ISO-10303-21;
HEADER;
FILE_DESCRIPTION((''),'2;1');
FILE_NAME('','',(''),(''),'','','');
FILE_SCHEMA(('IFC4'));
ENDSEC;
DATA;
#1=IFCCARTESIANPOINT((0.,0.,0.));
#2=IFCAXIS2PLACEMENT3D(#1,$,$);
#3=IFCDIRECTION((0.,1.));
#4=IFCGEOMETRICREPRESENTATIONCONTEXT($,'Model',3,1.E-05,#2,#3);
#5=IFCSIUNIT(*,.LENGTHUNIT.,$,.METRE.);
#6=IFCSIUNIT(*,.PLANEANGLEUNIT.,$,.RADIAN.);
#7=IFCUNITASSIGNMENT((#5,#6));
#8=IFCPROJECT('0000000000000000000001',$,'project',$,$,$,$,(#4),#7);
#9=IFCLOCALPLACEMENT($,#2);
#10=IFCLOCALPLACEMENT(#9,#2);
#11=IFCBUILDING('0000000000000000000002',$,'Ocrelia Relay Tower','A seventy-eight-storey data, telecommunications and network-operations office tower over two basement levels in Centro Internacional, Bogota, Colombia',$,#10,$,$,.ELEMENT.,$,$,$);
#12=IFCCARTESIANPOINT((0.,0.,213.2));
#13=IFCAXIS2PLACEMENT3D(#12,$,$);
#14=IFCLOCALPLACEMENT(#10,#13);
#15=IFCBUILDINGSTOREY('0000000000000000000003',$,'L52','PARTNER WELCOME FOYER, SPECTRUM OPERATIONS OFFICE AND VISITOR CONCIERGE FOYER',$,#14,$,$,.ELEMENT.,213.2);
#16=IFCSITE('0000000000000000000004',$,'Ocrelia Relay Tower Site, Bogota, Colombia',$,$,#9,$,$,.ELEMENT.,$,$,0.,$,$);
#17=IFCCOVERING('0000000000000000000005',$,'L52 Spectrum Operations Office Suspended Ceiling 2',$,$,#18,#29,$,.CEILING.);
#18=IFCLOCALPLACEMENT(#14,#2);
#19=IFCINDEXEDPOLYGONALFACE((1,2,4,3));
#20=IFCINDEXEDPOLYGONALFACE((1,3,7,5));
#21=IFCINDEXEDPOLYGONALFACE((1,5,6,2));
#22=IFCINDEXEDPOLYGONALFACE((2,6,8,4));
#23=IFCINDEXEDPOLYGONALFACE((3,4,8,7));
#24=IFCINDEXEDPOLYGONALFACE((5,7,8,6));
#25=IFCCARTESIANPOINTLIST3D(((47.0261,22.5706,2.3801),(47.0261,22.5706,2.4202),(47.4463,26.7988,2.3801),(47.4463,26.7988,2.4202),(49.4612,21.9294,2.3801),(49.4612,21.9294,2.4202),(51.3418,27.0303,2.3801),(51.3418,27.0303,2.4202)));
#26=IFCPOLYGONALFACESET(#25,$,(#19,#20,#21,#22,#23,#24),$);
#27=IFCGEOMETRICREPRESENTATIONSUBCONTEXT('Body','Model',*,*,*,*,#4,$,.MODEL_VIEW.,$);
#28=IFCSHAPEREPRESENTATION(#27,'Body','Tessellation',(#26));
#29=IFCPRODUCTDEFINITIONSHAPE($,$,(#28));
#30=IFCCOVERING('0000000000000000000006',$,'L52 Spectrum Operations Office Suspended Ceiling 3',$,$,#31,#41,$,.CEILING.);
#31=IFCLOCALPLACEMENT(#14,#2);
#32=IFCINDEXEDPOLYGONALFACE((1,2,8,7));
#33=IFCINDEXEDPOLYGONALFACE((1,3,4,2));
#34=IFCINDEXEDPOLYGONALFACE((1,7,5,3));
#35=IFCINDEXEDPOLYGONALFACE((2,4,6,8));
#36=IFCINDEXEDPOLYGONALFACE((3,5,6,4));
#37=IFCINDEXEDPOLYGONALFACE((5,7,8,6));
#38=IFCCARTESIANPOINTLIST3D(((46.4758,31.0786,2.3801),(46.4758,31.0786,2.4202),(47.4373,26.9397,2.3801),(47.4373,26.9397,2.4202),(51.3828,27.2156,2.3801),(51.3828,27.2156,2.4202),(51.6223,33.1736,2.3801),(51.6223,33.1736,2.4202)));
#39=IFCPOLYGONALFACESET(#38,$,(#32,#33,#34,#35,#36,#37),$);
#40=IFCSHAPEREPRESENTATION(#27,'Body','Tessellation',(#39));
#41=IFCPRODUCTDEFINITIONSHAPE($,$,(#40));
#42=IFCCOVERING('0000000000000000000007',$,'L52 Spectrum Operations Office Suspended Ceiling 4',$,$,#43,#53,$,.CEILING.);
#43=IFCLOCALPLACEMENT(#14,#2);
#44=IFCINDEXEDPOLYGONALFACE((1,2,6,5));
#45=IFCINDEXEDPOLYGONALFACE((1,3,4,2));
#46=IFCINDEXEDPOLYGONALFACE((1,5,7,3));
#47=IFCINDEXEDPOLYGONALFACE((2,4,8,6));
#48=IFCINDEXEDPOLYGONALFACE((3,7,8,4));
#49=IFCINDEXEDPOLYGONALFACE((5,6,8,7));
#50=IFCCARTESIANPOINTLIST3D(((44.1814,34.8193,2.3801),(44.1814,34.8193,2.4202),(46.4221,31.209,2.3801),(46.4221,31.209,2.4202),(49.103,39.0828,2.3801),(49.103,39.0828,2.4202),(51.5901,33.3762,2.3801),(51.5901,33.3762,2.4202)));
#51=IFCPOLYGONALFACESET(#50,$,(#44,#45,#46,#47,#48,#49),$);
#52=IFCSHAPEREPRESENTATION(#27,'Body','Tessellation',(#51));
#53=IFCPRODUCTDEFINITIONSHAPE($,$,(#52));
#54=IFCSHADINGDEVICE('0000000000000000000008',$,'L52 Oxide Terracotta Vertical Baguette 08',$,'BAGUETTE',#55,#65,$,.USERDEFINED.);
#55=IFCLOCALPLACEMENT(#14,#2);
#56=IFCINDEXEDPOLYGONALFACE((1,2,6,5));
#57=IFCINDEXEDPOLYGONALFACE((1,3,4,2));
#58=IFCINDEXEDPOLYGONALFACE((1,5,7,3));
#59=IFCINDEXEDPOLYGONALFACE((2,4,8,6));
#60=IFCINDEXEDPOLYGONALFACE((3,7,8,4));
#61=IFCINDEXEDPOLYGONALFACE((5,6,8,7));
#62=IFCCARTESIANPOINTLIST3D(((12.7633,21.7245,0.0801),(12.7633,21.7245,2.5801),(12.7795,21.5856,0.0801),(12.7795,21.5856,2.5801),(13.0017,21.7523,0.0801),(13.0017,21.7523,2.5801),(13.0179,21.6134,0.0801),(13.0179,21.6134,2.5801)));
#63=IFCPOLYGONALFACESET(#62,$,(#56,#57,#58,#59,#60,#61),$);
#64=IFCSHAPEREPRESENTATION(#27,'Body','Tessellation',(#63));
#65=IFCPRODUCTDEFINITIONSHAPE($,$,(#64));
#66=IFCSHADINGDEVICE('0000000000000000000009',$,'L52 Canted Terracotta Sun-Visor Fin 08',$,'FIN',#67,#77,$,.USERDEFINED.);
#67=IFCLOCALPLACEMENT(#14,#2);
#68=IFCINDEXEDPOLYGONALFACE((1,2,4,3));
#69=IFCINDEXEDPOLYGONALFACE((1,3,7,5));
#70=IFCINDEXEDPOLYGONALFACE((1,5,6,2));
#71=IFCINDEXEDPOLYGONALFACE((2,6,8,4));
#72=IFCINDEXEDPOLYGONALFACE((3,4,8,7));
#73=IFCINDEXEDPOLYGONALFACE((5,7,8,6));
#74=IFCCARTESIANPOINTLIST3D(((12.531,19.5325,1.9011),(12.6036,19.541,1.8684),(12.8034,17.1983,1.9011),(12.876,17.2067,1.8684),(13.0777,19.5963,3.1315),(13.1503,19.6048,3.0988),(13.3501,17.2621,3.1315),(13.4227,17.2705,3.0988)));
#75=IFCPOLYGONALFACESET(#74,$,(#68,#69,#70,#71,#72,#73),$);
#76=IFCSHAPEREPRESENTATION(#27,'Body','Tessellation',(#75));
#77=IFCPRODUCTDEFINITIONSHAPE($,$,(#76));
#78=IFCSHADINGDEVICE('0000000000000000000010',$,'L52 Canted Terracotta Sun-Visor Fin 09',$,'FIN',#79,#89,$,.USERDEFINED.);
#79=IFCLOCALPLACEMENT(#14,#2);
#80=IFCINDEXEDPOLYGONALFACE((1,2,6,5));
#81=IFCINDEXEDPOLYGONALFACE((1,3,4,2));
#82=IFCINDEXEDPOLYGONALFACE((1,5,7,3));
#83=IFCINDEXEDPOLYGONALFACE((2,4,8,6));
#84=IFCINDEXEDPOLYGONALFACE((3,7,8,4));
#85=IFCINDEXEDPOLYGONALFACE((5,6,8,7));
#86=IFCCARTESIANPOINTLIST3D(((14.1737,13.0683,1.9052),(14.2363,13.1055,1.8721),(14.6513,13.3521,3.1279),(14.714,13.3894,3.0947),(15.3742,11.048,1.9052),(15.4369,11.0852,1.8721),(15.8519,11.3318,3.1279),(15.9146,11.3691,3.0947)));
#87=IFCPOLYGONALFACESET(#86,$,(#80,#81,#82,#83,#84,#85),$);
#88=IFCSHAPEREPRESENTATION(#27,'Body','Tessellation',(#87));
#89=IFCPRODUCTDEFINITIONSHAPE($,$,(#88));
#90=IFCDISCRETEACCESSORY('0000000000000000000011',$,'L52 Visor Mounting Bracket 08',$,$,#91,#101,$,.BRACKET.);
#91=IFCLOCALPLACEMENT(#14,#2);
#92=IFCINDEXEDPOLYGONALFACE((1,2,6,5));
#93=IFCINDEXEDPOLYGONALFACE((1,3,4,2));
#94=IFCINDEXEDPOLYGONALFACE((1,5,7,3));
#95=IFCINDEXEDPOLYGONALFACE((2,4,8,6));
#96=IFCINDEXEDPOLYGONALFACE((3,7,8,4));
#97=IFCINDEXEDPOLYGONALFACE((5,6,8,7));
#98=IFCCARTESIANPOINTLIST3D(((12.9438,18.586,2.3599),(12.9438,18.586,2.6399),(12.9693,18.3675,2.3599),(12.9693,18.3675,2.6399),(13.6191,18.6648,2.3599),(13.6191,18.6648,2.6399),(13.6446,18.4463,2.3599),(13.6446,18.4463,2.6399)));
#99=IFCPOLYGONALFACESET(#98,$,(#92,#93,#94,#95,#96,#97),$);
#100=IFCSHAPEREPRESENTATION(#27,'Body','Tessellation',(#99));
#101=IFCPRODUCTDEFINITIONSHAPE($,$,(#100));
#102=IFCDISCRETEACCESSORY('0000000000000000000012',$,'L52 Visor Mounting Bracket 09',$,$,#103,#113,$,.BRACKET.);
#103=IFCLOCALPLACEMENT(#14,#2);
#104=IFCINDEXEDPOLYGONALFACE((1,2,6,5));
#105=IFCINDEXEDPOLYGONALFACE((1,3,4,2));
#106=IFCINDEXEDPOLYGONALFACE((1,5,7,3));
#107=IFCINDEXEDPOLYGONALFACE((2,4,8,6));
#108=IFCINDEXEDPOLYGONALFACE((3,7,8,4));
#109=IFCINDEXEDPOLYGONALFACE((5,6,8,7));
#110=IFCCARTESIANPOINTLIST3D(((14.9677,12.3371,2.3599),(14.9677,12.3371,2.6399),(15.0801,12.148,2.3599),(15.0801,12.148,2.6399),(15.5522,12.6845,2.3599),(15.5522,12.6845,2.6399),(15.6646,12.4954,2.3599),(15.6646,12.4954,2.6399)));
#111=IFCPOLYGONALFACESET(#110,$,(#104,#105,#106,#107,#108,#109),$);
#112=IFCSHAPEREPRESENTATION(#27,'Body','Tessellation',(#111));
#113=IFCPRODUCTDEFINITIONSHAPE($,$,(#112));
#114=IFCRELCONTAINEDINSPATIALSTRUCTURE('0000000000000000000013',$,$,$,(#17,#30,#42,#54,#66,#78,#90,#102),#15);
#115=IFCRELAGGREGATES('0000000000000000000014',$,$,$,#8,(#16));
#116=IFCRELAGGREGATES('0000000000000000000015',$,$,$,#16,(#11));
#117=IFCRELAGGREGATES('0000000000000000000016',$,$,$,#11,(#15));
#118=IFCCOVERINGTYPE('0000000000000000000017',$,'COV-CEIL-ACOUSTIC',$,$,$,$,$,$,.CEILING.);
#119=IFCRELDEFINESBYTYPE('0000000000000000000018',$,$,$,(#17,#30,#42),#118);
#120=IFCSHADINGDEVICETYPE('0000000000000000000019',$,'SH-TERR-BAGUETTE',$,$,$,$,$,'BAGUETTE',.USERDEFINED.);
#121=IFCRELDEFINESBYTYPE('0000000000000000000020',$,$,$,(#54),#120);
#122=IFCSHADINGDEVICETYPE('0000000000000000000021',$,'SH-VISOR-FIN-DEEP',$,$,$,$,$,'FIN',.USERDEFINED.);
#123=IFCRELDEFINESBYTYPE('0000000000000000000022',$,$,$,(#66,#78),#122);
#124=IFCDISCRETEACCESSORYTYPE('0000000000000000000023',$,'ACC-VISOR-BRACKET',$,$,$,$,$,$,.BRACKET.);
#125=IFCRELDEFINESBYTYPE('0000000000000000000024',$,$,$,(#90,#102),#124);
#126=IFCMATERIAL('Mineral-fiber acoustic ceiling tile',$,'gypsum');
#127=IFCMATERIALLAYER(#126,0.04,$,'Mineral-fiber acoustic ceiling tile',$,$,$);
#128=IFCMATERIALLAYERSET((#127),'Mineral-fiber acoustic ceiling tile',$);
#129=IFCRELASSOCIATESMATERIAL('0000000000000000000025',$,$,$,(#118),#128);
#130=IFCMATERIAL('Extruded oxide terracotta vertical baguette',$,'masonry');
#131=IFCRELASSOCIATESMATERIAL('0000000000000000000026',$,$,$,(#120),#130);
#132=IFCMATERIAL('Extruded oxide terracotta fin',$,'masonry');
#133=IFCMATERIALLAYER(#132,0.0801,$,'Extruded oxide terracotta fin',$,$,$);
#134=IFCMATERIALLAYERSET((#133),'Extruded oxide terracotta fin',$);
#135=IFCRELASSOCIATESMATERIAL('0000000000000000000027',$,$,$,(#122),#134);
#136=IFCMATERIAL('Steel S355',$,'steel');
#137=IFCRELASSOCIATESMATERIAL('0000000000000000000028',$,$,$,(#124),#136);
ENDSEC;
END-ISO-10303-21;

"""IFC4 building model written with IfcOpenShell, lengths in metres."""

from ifc_helpers import new_model, si_unit, direction, frame, origin, origin_2d, place, context, subcontext, project, spatial, polyline, rectangle, outline, extrude, material, layer, layer_set, type_object, element, save


model = new_model("IFC4")

# Units and contexts
model_context = context("Model", 3, precision=1e-05, world=origin(), true_north=direction((0.0, 1.0)))
body_context = subcontext(model_context, "Body", "Model", "MODEL_VIEW")
ifc_project = project(units=[si_unit("LENGTHUNIT", "METRE"), si_unit("PLANEANGLEUNIT", "RADIAN")], contexts=[model_context])

# Site, building, storey
site_placement = place(None, origin())
site = spatial("IfcSite", under=ifc_project, at=site_placement, Name="Ocrelia Relay Tower Site, Bogota, Colombia", CompositionType="ELEMENT", RefElevation=0.0)
building_placement = place(site_placement, origin())
building = spatial("IfcBuilding", under=site, at=building_placement, Name="Ocrelia Relay Tower", Description="A seventy-eight-storey data, telecommunications and network-operations office tower over two basement levels in Centro Internacional, Bogota, Colombia", CompositionType="ELEMENT")
storey_placement = place(building_placement, frame((0.0, 0.0, 213.2)))
storey = spatial("IfcBuildingStorey", under=building, at=storey_placement, Name="L52", Description="PARTNER WELCOME FOYER, SPECTRUM OPERATIONS OFFICE AND VISITOR CONCIERGE FOYER", CompositionType="ELEMENT", Elevation=213.2)

# Coverings
ifc_material_1 = material(Name="Mineral-fiber acoustic ceiling tile", Category="gypsum")
ifc_layer_1 = layer(ifc_material_1, 0.04, Name="Mineral-fiber acoustic ceiling tile")
ifc_layer_set_1 = layer_set([ifc_layer_1], Name="Mineral-fiber acoustic ceiling tile")
covering_type = type_object("IfcCoveringType", Name="COV-CEIL-ACOUSTIC", PredefinedType="CEILING", material=ifc_layer_set_1)
covering_1_placement = place(storey_placement, frame((0.0, 0.0, 2.3801)))
element("IfcCovering", 1, at=covering_1_placement, inside=storey, type_object=covering_type, Name="L52 Spectrum Operations Office Suspended Ceiling 2", PredefinedType="CEILING", context=body_context, shape_type="SweptSolid", body=[
    extrude(outline(polyline([(47.0261, 22.5706), (49.4612, 21.9294), (51.3418, 27.0303), (47.4463, 26.7988), (47.0261, 22.5706)])), origin(), (0.0, 0.0, 1.0), 0.04),
])
covering_2_placement = place(storey_placement, frame((0.0, 0.0, 2.3801)))
element("IfcCovering", 2, at=covering_2_placement, inside=storey, type_object=covering_type, Name="L52 Spectrum Operations Office Suspended Ceiling 3", PredefinedType="CEILING", context=body_context, shape_type="SweptSolid", body=[
    extrude(outline(polyline([(47.4373, 26.9397), (51.3828, 27.2156), (51.6223, 33.1736), (46.4758, 31.0786), (47.4373, 26.9397)])), origin(), (0.0, 0.0, 1.0), 0.04),
])
covering_3_placement = place(storey_placement, frame((0.0, 0.0, 2.3801)))
element("IfcCovering", 3, at=covering_3_placement, inside=storey, type_object=covering_type, Name="L52 Spectrum Operations Office Suspended Ceiling 4", PredefinedType="CEILING", context=body_context, shape_type="SweptSolid", body=[
    extrude(outline(polyline([(46.4221, 31.209), (51.5901, 33.3762), (49.103, 39.0828), (44.1814, 34.8193), (46.4221, 31.209)])), origin(), (0.0, 0.0, 1.0), 0.04),
])

# Shading devices
ifc_material_2 = material(Name="Extruded oxide terracotta vertical baguette", Category="masonry")
shading_device_type_1 = type_object("IfcShadingDeviceType", Name="SH-TERR-BAGUETTE", ElementType="BAGUETTE", PredefinedType="USERDEFINED", material=ifc_material_2)
shading_device_1_placement = place(storey_placement, frame((12.8906, 21.6689, 0.0801), z_axis=(0.0, 0.0, 1.0), x_axis=(0.115907, -0.99326, 0.0)))
element("IfcShadingDevice", 4, at=shading_device_1_placement, inside=storey, type_object=shading_device_type_1, Name="L52 Oxide Terracotta Vertical Baguette 08", ObjectType="BAGUETTE", PredefinedType="USERDEFINED", context=body_context, shape_type="SweptSolid", body=[
    extrude(rectangle(XDim=0.1399, YDim=0.24, at=origin_2d()), origin(), (0.0, 0.0, 1.0), 2.5),
])
ifc_material_3 = material(Name="Extruded oxide terracotta fin", Category="masonry")
ifc_layer_2 = layer(ifc_material_3, 0.0801, Name="Extruded oxide terracotta fin")
ifc_layer_set_2 = layer_set([ifc_layer_2], Name="Extruded oxide terracotta fin")
shading_device_type_2 = type_object("IfcShadingDeviceType", Name="SH-VISOR-FIN-DEEP", ElementType="FIN", PredefinedType="USERDEFINED", material=ifc_layer_set_2)
shading_device_2_placement = place(storey_placement, frame((13.0132, 18.4058, 2.4836), z_axis=(-0.906682, -0.105804, 0.40833), x_axis=(0.115907, -0.99326, 0.0)))
element("IfcShadingDevice", 5, at=shading_device_2_placement, inside=storey, type_object=shading_device_type_2, Name="L52 Canted Terracotta Sun-Visor Fin 08", ObjectType="FIN", PredefinedType="USERDEFINED", context=body_context, shape_type="SweptSolid", body=[
    extrude(rectangle(XDim=2.3501, YDim=1.3479, at=origin_2d()), origin(), (0.0, 0.0, 1.0), 0.0801),
])
shading_device_3_placement = place(storey_placement, frame((15.0754, 12.2373, 2.4834), z_axis=(-0.782638, -0.465076, 0.41374), x_axis=(0.510851, -0.859669, 0.0)))
element("IfcShadingDevice", 6, at=shading_device_3_placement, inside=storey, type_object=shading_device_type_2, Name="L52 Canted Terracotta Sun-Visor Fin 09", ObjectType="FIN", PredefinedType="USERDEFINED", context=body_context, shape_type="SweptSolid", body=[
    extrude(rectangle(XDim=2.3501, YDim=1.343, at=origin_2d()), origin(), (0.0, 0.0, 1.0), 0.0801),
])

# Discrete accessories
ifc_material_4 = material(Name="Steel S355", Category="steel")
discrete_accessory_type = type_object("IfcDiscreteAccessoryType", Name="ACC-VISOR-BRACKET", PredefinedType="BRACKET", material=ifc_material_4)
for number, where, z_axis, x_axis, name in (
    (7, (13.2942, 18.5161, 2.3599), (0.0, 0.0, 1.0), (0.115907, -0.99326, 0.0), "L52 Visor Mounting Bracket 08"),
    (8, (15.3162, 12.4163, 2.3599), (0.0, 0.0, 1.0), (0.510851, -0.859669, 0.0), "L52 Visor Mounting Bracket 09"),
):
    element("IfcDiscreteAccessory", number, at=place(storey_placement, frame(where, z_axis=z_axis, x_axis=x_axis)), inside=storey, type_object=discrete_accessory_type, Name=name, PredefinedType="BRACKET", context=body_context, shape_type="SweptSolid", body=[
        extrude(rectangle(XDim=0.22, YDim=0.6799, at=origin_2d()), origin(), (0.0, 0.0, 1.0), 0.28),
    ])

save(model, "model.ifc")
